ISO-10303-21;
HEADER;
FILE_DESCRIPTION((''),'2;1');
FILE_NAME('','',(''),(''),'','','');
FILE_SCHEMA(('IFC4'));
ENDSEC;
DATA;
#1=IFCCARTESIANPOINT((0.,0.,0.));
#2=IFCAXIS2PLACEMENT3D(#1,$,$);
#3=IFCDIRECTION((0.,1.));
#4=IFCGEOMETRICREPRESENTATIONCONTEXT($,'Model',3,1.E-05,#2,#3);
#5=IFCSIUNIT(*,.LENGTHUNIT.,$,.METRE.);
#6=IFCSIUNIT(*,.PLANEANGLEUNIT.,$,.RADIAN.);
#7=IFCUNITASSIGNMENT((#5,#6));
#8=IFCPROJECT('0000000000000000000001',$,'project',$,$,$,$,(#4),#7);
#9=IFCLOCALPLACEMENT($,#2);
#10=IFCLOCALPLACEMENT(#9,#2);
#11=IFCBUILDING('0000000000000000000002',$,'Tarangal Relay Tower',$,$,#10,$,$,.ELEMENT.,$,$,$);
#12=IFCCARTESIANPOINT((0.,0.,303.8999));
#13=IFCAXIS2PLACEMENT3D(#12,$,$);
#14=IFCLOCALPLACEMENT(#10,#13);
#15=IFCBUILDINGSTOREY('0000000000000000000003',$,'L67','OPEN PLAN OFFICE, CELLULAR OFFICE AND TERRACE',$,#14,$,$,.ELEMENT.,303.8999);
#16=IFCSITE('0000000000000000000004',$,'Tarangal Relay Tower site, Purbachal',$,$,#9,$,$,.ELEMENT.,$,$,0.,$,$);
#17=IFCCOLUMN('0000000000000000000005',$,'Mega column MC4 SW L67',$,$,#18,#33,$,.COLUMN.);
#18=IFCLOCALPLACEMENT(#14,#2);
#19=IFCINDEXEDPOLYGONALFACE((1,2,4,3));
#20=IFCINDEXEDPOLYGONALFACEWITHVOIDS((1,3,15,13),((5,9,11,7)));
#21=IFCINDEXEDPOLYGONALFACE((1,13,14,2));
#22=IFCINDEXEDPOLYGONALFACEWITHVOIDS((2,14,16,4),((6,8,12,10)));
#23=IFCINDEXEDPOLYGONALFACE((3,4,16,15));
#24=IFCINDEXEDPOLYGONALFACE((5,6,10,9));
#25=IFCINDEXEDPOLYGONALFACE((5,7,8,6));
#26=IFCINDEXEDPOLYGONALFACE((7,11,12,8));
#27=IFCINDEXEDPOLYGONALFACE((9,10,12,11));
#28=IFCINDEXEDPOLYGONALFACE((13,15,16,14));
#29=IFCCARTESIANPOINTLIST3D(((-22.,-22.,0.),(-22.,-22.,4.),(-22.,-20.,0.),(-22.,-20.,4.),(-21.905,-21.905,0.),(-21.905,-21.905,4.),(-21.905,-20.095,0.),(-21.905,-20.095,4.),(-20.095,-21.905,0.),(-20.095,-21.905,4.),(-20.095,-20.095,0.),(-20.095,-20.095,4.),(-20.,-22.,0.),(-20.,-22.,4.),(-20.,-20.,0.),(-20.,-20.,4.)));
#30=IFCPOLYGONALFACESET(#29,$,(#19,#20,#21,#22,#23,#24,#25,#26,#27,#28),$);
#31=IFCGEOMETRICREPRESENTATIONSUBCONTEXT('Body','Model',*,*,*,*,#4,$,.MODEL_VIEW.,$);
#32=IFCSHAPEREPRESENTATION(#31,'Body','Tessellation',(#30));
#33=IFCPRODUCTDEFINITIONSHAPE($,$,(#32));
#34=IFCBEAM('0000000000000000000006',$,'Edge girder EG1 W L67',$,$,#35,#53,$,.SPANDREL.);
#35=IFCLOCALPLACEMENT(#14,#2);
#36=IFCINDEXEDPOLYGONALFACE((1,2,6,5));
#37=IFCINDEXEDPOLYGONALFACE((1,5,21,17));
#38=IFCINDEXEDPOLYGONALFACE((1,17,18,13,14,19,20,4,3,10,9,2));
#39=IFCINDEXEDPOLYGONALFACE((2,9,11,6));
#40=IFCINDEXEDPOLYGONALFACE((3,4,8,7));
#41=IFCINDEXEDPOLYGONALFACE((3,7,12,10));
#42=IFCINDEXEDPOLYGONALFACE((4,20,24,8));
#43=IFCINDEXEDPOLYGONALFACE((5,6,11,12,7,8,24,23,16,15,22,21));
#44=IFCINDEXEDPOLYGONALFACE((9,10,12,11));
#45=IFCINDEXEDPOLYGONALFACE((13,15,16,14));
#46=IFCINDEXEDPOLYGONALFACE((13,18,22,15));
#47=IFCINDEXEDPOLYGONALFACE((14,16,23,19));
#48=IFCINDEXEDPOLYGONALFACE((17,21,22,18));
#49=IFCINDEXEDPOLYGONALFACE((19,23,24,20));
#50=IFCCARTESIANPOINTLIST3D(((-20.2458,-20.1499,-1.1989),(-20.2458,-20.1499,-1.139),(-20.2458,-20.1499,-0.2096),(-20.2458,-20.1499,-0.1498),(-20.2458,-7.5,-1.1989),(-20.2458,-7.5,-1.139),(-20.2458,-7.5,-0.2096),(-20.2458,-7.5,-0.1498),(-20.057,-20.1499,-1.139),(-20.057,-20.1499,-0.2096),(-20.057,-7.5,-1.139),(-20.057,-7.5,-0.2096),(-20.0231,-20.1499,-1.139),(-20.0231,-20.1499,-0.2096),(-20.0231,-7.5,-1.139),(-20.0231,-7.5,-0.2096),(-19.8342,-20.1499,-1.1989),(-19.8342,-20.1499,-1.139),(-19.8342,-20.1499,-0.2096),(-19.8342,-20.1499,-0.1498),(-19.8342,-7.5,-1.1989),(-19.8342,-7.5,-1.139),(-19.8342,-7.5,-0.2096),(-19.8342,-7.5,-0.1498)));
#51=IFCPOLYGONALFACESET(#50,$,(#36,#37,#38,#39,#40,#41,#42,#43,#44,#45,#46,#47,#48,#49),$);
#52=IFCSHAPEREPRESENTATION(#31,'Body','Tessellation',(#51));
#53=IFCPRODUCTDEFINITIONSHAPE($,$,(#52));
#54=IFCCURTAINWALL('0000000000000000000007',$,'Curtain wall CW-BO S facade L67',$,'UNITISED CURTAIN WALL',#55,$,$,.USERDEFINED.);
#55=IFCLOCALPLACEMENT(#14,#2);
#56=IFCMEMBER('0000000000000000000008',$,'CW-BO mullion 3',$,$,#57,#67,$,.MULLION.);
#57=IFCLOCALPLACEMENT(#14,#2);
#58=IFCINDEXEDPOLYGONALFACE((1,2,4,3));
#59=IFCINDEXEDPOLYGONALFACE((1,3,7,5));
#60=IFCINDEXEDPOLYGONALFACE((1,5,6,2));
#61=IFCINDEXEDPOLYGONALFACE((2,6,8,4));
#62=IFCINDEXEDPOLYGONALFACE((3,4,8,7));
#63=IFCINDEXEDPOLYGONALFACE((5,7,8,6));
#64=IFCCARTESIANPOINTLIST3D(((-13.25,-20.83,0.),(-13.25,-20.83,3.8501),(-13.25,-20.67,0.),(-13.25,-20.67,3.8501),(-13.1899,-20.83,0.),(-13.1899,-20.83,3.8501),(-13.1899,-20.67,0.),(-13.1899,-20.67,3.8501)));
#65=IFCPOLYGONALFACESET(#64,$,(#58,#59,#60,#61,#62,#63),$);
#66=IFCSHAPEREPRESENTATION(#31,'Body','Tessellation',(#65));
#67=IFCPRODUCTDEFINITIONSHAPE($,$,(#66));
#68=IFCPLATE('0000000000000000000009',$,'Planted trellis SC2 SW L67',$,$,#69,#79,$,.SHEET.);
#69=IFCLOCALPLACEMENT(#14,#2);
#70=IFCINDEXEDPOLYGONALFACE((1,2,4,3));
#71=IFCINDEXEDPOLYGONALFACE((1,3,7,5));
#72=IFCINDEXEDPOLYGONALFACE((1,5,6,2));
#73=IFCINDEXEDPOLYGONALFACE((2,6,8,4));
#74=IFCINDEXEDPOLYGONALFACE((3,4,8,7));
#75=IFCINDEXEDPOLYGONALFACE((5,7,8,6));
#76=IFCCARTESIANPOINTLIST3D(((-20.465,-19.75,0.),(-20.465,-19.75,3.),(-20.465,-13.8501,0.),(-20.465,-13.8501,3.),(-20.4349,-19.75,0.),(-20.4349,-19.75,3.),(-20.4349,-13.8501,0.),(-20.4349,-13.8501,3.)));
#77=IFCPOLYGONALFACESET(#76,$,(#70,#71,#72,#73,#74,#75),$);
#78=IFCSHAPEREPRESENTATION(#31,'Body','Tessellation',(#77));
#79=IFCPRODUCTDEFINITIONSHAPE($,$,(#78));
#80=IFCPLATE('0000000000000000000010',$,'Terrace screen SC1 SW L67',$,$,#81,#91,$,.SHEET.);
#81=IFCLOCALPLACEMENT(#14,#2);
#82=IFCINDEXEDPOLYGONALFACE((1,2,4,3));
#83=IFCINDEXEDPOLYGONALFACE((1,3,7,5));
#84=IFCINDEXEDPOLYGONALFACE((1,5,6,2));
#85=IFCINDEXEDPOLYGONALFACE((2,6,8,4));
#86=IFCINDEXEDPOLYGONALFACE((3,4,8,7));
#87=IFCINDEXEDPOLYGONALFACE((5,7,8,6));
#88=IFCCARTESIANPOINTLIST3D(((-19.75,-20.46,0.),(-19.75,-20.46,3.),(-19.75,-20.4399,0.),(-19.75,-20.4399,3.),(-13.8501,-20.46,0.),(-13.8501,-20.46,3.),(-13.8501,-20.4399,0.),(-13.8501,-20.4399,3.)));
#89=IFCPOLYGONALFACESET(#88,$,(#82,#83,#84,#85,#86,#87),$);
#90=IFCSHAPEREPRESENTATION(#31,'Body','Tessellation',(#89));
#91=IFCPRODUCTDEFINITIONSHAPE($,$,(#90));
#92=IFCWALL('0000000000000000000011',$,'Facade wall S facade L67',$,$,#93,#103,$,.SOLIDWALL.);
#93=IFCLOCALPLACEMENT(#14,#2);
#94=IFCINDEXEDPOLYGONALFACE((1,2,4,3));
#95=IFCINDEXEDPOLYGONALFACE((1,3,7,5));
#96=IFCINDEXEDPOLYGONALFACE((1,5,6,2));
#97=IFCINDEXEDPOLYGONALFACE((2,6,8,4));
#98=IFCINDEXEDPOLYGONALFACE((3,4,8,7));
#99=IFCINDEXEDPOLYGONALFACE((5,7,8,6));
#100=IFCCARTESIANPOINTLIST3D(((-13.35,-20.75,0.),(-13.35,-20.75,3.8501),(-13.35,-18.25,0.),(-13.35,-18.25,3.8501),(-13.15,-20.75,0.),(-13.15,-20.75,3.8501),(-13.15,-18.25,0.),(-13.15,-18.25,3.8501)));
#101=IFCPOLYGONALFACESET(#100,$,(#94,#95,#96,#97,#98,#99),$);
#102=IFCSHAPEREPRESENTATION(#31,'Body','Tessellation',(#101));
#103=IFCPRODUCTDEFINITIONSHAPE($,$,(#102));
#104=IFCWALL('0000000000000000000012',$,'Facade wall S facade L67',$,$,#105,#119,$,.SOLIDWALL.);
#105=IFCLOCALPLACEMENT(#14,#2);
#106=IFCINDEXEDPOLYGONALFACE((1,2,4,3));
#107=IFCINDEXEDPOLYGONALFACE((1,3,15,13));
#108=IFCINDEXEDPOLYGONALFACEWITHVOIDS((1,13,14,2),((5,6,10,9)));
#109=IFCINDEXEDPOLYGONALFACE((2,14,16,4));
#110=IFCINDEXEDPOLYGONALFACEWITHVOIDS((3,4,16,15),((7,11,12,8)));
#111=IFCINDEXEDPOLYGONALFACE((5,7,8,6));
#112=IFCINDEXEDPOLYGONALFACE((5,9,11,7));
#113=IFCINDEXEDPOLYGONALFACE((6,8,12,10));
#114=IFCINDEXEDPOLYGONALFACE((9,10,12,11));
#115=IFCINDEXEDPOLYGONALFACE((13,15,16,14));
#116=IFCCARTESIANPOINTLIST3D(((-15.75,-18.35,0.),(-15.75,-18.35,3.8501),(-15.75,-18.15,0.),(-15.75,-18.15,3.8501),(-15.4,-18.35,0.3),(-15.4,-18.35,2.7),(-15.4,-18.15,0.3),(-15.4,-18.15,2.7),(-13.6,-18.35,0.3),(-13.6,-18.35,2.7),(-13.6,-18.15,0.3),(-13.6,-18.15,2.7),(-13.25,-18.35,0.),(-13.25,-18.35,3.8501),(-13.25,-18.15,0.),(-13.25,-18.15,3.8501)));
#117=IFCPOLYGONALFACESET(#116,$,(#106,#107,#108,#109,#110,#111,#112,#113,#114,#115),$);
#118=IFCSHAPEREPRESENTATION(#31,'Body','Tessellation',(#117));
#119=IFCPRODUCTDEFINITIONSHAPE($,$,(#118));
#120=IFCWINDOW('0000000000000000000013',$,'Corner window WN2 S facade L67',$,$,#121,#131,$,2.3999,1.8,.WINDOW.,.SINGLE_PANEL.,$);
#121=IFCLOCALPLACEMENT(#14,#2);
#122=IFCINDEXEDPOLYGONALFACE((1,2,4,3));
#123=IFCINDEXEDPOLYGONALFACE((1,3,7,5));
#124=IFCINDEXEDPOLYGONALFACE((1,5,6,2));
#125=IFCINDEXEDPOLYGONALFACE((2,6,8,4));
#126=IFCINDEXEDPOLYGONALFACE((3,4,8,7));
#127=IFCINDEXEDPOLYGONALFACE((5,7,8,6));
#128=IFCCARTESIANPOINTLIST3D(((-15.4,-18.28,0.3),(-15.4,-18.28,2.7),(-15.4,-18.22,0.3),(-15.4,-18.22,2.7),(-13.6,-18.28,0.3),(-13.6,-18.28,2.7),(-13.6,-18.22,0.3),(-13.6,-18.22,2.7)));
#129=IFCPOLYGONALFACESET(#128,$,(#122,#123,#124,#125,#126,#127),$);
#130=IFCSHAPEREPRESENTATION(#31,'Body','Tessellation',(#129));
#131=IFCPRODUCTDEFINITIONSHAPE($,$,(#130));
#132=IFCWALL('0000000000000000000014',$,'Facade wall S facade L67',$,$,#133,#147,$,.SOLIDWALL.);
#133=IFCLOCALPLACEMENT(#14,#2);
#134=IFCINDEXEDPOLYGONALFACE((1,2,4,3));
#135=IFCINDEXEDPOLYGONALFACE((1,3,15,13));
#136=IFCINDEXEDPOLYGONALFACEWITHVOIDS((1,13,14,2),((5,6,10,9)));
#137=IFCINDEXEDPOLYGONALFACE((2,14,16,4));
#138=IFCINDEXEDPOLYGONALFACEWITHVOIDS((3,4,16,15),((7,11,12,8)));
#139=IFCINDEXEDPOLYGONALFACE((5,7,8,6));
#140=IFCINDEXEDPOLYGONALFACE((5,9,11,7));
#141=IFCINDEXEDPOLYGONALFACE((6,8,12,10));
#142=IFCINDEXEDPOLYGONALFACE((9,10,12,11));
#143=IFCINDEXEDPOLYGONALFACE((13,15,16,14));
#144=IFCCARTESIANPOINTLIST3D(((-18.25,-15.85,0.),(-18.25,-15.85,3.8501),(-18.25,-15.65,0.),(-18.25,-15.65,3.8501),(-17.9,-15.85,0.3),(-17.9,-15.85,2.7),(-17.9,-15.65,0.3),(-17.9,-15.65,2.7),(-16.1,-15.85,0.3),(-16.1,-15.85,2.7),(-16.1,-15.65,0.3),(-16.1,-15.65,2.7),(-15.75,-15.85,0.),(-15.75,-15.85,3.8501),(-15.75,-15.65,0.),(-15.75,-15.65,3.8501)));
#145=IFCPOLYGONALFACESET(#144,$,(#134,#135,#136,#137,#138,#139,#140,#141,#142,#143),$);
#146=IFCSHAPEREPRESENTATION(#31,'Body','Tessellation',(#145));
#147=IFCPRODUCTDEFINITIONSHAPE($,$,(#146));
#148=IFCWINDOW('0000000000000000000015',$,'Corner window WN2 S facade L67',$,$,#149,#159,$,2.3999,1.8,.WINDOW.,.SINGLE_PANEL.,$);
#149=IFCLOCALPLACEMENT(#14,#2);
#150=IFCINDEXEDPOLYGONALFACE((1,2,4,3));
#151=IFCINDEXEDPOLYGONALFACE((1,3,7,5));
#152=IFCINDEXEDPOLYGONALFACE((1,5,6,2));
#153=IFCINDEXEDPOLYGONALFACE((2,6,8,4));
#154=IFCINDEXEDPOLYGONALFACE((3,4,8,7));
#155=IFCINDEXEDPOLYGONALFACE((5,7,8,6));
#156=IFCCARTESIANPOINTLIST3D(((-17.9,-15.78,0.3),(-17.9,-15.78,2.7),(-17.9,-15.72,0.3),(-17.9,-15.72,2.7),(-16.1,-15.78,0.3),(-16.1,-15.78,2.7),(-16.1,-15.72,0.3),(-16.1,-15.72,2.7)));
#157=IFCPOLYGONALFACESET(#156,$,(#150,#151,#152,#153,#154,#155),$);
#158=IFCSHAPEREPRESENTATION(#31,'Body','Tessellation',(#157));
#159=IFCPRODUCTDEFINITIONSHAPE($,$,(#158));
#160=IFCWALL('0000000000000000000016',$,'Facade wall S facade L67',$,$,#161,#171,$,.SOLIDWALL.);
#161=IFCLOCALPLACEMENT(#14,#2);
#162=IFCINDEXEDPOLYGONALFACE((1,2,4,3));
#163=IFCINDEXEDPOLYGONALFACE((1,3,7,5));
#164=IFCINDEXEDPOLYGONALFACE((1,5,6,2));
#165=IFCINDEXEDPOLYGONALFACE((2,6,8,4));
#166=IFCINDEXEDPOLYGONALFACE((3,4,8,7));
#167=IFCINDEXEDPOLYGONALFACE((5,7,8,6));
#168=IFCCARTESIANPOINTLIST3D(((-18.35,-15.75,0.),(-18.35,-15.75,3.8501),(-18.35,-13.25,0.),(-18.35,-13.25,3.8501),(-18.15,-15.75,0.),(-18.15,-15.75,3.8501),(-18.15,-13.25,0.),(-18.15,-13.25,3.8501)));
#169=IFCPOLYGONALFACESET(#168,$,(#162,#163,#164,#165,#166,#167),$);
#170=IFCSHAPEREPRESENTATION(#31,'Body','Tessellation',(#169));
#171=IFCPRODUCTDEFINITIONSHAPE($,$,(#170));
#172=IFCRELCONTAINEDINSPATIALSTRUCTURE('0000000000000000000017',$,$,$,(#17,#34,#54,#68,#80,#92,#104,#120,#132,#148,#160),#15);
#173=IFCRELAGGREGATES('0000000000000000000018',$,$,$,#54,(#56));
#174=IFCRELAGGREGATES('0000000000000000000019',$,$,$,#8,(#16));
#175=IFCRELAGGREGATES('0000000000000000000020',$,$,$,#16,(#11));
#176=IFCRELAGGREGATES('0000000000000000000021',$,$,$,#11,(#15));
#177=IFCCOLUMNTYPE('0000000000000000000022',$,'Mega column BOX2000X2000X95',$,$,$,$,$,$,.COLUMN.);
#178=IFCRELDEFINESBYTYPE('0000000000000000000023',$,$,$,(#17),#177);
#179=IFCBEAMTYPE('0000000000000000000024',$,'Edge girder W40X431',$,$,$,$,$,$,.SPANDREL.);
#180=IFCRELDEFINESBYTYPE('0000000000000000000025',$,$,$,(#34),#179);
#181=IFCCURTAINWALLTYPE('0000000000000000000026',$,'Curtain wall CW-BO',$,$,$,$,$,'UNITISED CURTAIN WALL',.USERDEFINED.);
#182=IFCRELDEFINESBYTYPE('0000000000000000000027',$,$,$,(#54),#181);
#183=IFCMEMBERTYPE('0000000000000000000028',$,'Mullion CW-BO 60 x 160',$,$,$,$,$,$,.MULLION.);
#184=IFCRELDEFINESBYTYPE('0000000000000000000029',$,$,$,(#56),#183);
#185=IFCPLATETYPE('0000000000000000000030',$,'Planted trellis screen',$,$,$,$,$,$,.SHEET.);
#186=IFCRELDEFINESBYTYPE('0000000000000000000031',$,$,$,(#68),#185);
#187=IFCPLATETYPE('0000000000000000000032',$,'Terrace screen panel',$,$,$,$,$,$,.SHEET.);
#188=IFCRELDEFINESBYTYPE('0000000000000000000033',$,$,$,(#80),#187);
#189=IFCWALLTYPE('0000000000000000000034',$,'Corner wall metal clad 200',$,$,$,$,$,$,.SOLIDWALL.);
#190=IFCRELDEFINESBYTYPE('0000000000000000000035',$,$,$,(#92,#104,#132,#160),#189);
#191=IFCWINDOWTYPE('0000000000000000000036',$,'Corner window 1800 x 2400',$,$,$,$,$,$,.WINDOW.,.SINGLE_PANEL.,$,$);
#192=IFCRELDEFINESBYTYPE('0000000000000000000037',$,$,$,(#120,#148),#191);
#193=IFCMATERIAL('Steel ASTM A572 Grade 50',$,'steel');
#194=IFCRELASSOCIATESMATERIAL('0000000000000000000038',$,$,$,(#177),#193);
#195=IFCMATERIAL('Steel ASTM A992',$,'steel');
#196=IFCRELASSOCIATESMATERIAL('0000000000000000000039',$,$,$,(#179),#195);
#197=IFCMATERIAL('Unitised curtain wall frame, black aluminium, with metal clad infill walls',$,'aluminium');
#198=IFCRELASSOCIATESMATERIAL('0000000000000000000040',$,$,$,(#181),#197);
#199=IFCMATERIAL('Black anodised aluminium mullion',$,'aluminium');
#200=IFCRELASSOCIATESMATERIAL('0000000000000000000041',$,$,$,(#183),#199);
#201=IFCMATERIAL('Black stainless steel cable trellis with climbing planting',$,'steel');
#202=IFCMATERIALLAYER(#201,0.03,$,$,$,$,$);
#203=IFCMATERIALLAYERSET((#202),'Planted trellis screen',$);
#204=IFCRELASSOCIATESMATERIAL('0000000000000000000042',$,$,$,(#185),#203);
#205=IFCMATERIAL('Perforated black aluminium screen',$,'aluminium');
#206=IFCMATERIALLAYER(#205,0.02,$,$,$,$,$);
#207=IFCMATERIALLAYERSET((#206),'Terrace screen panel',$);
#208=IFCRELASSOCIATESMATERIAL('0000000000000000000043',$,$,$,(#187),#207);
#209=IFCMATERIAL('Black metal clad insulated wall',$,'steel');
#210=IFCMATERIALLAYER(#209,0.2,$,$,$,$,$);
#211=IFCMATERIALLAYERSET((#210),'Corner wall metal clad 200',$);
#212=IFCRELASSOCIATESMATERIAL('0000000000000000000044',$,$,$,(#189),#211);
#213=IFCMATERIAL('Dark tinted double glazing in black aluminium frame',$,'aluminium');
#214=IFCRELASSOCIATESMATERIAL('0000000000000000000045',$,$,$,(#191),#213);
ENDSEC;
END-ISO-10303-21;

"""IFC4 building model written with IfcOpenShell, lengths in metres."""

from ifc_helpers import new_model, si_unit, direction, frame, frame_2d, origin, origin_2d, place, context, subcontext, project, spatial, rectangle, hollow_rectangle, i_section, extrude, material, layer, layer_set, material_profile, profile_set, type_object, element, fill, aggregate, save


model = new_model("IFC4")

# Units and contexts
model_context = context("Model", 3, precision=1e-05, world=origin(), true_north=direction((0.0, 1.0)))
body_context = subcontext(model_context, "Body", "Model", "MODEL_VIEW")
ifc_project = project(units=[si_unit("LENGTHUNIT", "METRE"), si_unit("PLANEANGLEUNIT", "RADIAN")], contexts=[model_context])

# Site, building, storey
site_placement = place(None, origin())
site = spatial("IfcSite", under=ifc_project, at=site_placement, Name="Tarangal Relay Tower site, Purbachal", CompositionType="ELEMENT", RefElevation=0.0)
building_placement = place(site_placement, origin())
building = spatial("IfcBuilding", under=site, at=building_placement, Name="Tarangal Relay Tower", CompositionType="ELEMENT")
storey_placement = place(building_placement, frame((0.0, 0.0, 303.8999)))
storey = spatial("IfcBuildingStorey", under=building, at=storey_placement, Name="L67", Description="OPEN PLAN OFFICE, CELLULAR OFFICE AND TERRACE", CompositionType="ELEMENT", Elevation=303.8999)

# Column
ifc_material_1 = material(Name="Steel ASTM A572 Grade 50", Category="steel")
ifc_material_profile_1 = material_profile(ifc_material_1, hollow_rectangle(XDim=2.0, YDim=2.0, WallThickness=0.095, at=origin_2d()), Name="BOX2000X2000X95")
ifc_profile_set_1 = profile_set([ifc_material_profile_1], Name="Steel ASTM A572 Grade 50")
column_type = type_object("IfcColumnType", Name="Mega column BOX2000X2000X95", PredefinedType="COLUMN", material=ifc_profile_set_1)
column_placement = place(storey_placement, frame((-21.0, -21.0, 0.0), z_axis=(0.0, 0.0, 1.0), x_axis=(1.0, 0.0, 0.0)))
element("IfcColumn", 1, at=column_placement, inside=storey, type_object=column_type, Name="Mega column MC4 SW L67", PredefinedType="COLUMN", context=body_context, shape_type="SweptSolid", body=[
    extrude(hollow_rectangle(XDim=2.0, YDim=2.0, WallThickness=0.095, at=origin_2d()), origin(), (0.0, 0.0, 1.0), 4.0),
])

# Beam
ifc_material_2 = material(Name="Steel ASTM A992", Category="steel")
ifc_material_profile_2 = material_profile(ifc_material_2, i_section(OverallWidth=0.4116, OverallDepth=1.0491, WebThickness=0.0339, FlangeThickness=0.0598, at=origin_2d()), Name="W40X431")
ifc_profile_set_2 = profile_set([ifc_material_profile_2], Name="Steel ASTM A992")
beam_type = type_object("IfcBeamType", Name="Edge girder W40X431", PredefinedType="SPANDREL", material=ifc_profile_set_2)
beam_placement = place(storey_placement, frame((-20.04, -20.1499, -0.6743), z_axis=(0.0, 1.0, 0.0), x_axis=(-1.0, 0.0, 0.0)))
element("IfcBeam", 2, at=beam_placement, inside=storey, type_object=beam_type, Name="Edge girder EG1 W L67", PredefinedType="SPANDREL", context=body_context, shape_type="SweptSolid", body=[
    extrude(i_section(OverallWidth=0.4116, OverallDepth=1.0491, WebThickness=0.0339, FlangeThickness=0.0598, at=origin_2d()), origin(), (0.0, 0.0, 1.0), 12.6499),
])

# Curtain wall, member
ifc_material_3 = material(Name="Unitised curtain wall frame, black aluminium, with metal clad infill walls", Category="aluminium")
curtain_wall_type = type_object("IfcCurtainWallType", Name="Curtain wall CW-BO", ElementType="UNITISED CURTAIN WALL", PredefinedType="USERDEFINED", material=ifc_material_3)
curtain_wall_placement = place(storey_placement, origin())
curtain_wall = element("IfcCurtainWall", 3, at=curtain_wall_placement, inside=storey, type_object=curtain_wall_type, Name="Curtain wall CW-BO S facade L67", ObjectType="UNITISED CURTAIN WALL", PredefinedType="USERDEFINED")
ifc_material_4 = material(Name="Black anodised aluminium mullion", Category="aluminium")
ifc_material_profile_3 = material_profile(ifc_material_4, rectangle(XDim=0.1599, YDim=0.0601, at=origin_2d()), Name="CW-BOM 60X160")
ifc_profile_set_3 = profile_set([ifc_material_profile_3], Name="Black anodised aluminium mullion")
member_type = type_object("IfcMemberType", Name="Mullion CW-BO 60 x 160", PredefinedType="MULLION", material=ifc_profile_set_3)
member_placement = place(storey_placement, frame((-13.22, -20.75, 0.0), z_axis=(0.0, 0.0, 1.0), x_axis=(0.0, -1.0, 0.0)))
member = element("IfcMember", 4, at=member_placement, type_object=member_type, Name="CW-BO mullion 3", PredefinedType="MULLION", context=body_context, shape_type="SweptSolid", body=[
    extrude(rectangle(XDim=0.1599, YDim=0.0601, at=origin_2d()), origin(), (0.0, 0.0, 1.0), 3.8501),
])
aggregate(curtain_wall, [member])

# Plates
ifc_material_5 = material(Name="Black stainless steel cable trellis with climbing planting", Category="steel")
ifc_layer_1 = layer(ifc_material_5, 0.03)
ifc_layer_set_1 = layer_set([ifc_layer_1], Name="Planted trellis screen")
plate_type_1 = type_object("IfcPlateType", Name="Planted trellis screen", PredefinedType="SHEET", material=ifc_layer_set_1)
plate_1_placement = place(storey_placement, frame((-20.45, -16.8, 0.0), z_axis=(0.0, 0.0, 1.0), x_axis=(0.0, 1.0, 0.0)))
element("IfcPlate", 5, at=plate_1_placement, inside=storey, type_object=plate_type_1, Name="Planted trellis SC2 SW L67", PredefinedType="SHEET", context=body_context, shape_type="SweptSolid", body=[
    extrude(rectangle(XDim=5.8999, YDim=0.03, at=origin_2d()), origin(), (0.0, 0.0, 1.0), 3.0),
])
ifc_material_6 = material(Name="Perforated black aluminium screen", Category="aluminium")
ifc_layer_2 = layer(ifc_material_6, 0.02)
ifc_layer_set_2 = layer_set([ifc_layer_2], Name="Terrace screen panel")
plate_type_2 = type_object("IfcPlateType", Name="Terrace screen panel", PredefinedType="SHEET", material=ifc_layer_set_2)
plate_2_placement = place(storey_placement, frame((-16.8, -20.45, 0.0), z_axis=(0.0, 0.0, 1.0), x_axis=(-1.0, 0.0, 0.0)))
element("IfcPlate", 6, at=plate_2_placement, inside=storey, type_object=plate_type_2, Name="Terrace screen SC1 SW L67", PredefinedType="SHEET", context=body_context, shape_type="SweptSolid", body=[
    extrude(rectangle(XDim=5.8999, YDim=0.02, at=origin_2d()), origin(), (0.0, 0.0, 1.0), 3.0),
])

# Wall
ifc_material_7 = material(Name="Black metal clad insulated wall", Category="steel")
ifc_layer_3 = layer(ifc_material_7, 0.2)
ifc_layer_set_3 = layer_set([ifc_layer_3], Name="Corner wall metal clad 200")
wall_type = type_object("IfcWallType", Name="Corner wall metal clad 200", PredefinedType="SOLIDWALL", material=ifc_layer_set_3)
wall_1_placement = place(storey_placement, frame((-13.25, -20.75, 0.0), z_axis=(0.0, 0.0, 1.0), x_axis=(0.0, 1.0, 0.0)))
element("IfcWall", 7, at=wall_1_placement, inside=storey, type_object=wall_type, Name="Facade wall S facade L67", PredefinedType="SOLIDWALL", context=body_context, shape_type="SweptSolid", body=[
    extrude(rectangle(XDim=2.5, YDim=0.2, at=frame_2d((1.25, 0.0))), origin(), (0.0, 0.0, 1.0), 3.8501),
])

# Wall, opening, window
wall_2_placement = place(storey_placement, frame((-13.25, -18.25, 0.0), z_axis=(0.0, 0.0, 1.0), x_axis=(-1.0, 0.0, 0.0)))
wall_2 = element("IfcWall", 8, at=wall_2_placement, inside=storey, type_object=wall_type, Name="Facade wall S facade L67", PredefinedType="SOLIDWALL", context=body_context, shape_type="SweptSolid", body=[
    extrude(rectangle(XDim=2.5, YDim=0.2, at=frame_2d((1.25, 0.0))), origin(), (0.0, 0.0, 1.0), 3.8501),
])
opening_1_placement = place(wall_2_placement, frame((0.3501, 0.0, 0.3)))
opening_1 = element("IfcOpeningElement", 9, at=opening_1_placement, cuts=wall_2, PredefinedType="OPENING", context=body_context, shape_type="SweptSolid", body=[
    extrude(rectangle(XDim=1.8, YDim=2.3999, at=frame_2d((0.8999, 1.2))), frame((0.0, 0.1099, 0.0), z_axis=(0.0, -1.0, 0.0), x_axis=(1.0, 0.0, 0.0)), (0.0, 0.0, 1.0), 0.22),
])
ifc_material_8 = material(Name="Dark tinted double glazing in black aluminium frame", Category="aluminium")
window_type = type_object("IfcWindowType", Name="Corner window 1800 x 2400", PartitioningType="SINGLE_PANEL", PredefinedType="WINDOW", material=ifc_material_8)
window_1_placement = place(opening_1_placement, origin())
window_1 = element("IfcWindow", 10, at=window_1_placement, inside=storey, type_object=window_type, Name="Corner window WN2 S facade L67", OverallHeight=2.3999, OverallWidth=1.8, PartitioningType="SINGLE_PANEL", PredefinedType="WINDOW", context=body_context, shape_type="SweptSolid", body=[
    extrude(rectangle(XDim=1.8, YDim=2.3999, at=frame_2d((0.8999, 1.2))), frame((0.0, 0.03, 0.0), z_axis=(0.0, -1.0, 0.0), x_axis=(1.0, 0.0, 0.0)), (0.0, 0.0, 1.0), 0.0601),
])
fill(opening_1, window_1)

# Wall, opening, window
wall_3_placement = place(storey_placement, frame((-15.75, -15.75, 0.0), z_axis=(0.0, 0.0, 1.0), x_axis=(-1.0, 0.0, 0.0)))
wall_3 = element("IfcWall", 11, at=wall_3_placement, inside=storey, type_object=wall_type, Name="Facade wall S facade L67", PredefinedType="SOLIDWALL", context=body_context, shape_type="SweptSolid", body=[
    extrude(rectangle(XDim=2.5, YDim=0.2, at=frame_2d((1.25, 0.0))), origin(), (0.0, 0.0, 1.0), 3.8501),
])
opening_2_placement = place(wall_3_placement, frame((0.3501, 0.0, 0.3)))
opening_2 = element("IfcOpeningElement", 12, at=opening_2_placement, cuts=wall_3, PredefinedType="OPENING", context=body_context, shape_type="SweptSolid", body=[
    extrude(rectangle(XDim=1.8, YDim=2.3999, at=frame_2d((0.8999, 1.2))), frame((0.0, 0.1099, 0.0), z_axis=(0.0, -1.0, 0.0), x_axis=(1.0, 0.0, 0.0)), (0.0, 0.0, 1.0), 0.22),
])
window_2_placement = place(opening_2_placement, origin())
window_2 = element("IfcWindow", 13, at=window_2_placement, inside=storey, type_object=window_type, Name="Corner window WN2 S facade L67", OverallHeight=2.3999, OverallWidth=1.8, PartitioningType="SINGLE_PANEL", PredefinedType="WINDOW", context=body_context, shape_type="SweptSolid", body=[
    extrude(rectangle(XDim=1.8, YDim=2.3999, at=frame_2d((0.8999, 1.2))), frame((0.0, 0.03, 0.0), z_axis=(0.0, -1.0, 0.0), x_axis=(1.0, 0.0, 0.0)), (0.0, 0.0, 1.0), 0.0601),
])
fill(opening_2, window_2)

# Wall
wall_4_placement = place(storey_placement, frame((-18.25, -15.75, 0.0), z_axis=(0.0, 0.0, 1.0), x_axis=(0.0, 1.0, 0.0)))
element("IfcWall", 14, at=wall_4_placement, inside=storey, type_object=wall_type, Name="Facade wall S facade L67", PredefinedType="SOLIDWALL", context=body_context, shape_type="SweptSolid", body=[
    extrude(rectangle(XDim=2.5, YDim=0.2, at=frame_2d((1.25, 0.0))), origin(), (0.0, 0.0, 1.0), 3.8501),
])

save(model, "model.ifc")
